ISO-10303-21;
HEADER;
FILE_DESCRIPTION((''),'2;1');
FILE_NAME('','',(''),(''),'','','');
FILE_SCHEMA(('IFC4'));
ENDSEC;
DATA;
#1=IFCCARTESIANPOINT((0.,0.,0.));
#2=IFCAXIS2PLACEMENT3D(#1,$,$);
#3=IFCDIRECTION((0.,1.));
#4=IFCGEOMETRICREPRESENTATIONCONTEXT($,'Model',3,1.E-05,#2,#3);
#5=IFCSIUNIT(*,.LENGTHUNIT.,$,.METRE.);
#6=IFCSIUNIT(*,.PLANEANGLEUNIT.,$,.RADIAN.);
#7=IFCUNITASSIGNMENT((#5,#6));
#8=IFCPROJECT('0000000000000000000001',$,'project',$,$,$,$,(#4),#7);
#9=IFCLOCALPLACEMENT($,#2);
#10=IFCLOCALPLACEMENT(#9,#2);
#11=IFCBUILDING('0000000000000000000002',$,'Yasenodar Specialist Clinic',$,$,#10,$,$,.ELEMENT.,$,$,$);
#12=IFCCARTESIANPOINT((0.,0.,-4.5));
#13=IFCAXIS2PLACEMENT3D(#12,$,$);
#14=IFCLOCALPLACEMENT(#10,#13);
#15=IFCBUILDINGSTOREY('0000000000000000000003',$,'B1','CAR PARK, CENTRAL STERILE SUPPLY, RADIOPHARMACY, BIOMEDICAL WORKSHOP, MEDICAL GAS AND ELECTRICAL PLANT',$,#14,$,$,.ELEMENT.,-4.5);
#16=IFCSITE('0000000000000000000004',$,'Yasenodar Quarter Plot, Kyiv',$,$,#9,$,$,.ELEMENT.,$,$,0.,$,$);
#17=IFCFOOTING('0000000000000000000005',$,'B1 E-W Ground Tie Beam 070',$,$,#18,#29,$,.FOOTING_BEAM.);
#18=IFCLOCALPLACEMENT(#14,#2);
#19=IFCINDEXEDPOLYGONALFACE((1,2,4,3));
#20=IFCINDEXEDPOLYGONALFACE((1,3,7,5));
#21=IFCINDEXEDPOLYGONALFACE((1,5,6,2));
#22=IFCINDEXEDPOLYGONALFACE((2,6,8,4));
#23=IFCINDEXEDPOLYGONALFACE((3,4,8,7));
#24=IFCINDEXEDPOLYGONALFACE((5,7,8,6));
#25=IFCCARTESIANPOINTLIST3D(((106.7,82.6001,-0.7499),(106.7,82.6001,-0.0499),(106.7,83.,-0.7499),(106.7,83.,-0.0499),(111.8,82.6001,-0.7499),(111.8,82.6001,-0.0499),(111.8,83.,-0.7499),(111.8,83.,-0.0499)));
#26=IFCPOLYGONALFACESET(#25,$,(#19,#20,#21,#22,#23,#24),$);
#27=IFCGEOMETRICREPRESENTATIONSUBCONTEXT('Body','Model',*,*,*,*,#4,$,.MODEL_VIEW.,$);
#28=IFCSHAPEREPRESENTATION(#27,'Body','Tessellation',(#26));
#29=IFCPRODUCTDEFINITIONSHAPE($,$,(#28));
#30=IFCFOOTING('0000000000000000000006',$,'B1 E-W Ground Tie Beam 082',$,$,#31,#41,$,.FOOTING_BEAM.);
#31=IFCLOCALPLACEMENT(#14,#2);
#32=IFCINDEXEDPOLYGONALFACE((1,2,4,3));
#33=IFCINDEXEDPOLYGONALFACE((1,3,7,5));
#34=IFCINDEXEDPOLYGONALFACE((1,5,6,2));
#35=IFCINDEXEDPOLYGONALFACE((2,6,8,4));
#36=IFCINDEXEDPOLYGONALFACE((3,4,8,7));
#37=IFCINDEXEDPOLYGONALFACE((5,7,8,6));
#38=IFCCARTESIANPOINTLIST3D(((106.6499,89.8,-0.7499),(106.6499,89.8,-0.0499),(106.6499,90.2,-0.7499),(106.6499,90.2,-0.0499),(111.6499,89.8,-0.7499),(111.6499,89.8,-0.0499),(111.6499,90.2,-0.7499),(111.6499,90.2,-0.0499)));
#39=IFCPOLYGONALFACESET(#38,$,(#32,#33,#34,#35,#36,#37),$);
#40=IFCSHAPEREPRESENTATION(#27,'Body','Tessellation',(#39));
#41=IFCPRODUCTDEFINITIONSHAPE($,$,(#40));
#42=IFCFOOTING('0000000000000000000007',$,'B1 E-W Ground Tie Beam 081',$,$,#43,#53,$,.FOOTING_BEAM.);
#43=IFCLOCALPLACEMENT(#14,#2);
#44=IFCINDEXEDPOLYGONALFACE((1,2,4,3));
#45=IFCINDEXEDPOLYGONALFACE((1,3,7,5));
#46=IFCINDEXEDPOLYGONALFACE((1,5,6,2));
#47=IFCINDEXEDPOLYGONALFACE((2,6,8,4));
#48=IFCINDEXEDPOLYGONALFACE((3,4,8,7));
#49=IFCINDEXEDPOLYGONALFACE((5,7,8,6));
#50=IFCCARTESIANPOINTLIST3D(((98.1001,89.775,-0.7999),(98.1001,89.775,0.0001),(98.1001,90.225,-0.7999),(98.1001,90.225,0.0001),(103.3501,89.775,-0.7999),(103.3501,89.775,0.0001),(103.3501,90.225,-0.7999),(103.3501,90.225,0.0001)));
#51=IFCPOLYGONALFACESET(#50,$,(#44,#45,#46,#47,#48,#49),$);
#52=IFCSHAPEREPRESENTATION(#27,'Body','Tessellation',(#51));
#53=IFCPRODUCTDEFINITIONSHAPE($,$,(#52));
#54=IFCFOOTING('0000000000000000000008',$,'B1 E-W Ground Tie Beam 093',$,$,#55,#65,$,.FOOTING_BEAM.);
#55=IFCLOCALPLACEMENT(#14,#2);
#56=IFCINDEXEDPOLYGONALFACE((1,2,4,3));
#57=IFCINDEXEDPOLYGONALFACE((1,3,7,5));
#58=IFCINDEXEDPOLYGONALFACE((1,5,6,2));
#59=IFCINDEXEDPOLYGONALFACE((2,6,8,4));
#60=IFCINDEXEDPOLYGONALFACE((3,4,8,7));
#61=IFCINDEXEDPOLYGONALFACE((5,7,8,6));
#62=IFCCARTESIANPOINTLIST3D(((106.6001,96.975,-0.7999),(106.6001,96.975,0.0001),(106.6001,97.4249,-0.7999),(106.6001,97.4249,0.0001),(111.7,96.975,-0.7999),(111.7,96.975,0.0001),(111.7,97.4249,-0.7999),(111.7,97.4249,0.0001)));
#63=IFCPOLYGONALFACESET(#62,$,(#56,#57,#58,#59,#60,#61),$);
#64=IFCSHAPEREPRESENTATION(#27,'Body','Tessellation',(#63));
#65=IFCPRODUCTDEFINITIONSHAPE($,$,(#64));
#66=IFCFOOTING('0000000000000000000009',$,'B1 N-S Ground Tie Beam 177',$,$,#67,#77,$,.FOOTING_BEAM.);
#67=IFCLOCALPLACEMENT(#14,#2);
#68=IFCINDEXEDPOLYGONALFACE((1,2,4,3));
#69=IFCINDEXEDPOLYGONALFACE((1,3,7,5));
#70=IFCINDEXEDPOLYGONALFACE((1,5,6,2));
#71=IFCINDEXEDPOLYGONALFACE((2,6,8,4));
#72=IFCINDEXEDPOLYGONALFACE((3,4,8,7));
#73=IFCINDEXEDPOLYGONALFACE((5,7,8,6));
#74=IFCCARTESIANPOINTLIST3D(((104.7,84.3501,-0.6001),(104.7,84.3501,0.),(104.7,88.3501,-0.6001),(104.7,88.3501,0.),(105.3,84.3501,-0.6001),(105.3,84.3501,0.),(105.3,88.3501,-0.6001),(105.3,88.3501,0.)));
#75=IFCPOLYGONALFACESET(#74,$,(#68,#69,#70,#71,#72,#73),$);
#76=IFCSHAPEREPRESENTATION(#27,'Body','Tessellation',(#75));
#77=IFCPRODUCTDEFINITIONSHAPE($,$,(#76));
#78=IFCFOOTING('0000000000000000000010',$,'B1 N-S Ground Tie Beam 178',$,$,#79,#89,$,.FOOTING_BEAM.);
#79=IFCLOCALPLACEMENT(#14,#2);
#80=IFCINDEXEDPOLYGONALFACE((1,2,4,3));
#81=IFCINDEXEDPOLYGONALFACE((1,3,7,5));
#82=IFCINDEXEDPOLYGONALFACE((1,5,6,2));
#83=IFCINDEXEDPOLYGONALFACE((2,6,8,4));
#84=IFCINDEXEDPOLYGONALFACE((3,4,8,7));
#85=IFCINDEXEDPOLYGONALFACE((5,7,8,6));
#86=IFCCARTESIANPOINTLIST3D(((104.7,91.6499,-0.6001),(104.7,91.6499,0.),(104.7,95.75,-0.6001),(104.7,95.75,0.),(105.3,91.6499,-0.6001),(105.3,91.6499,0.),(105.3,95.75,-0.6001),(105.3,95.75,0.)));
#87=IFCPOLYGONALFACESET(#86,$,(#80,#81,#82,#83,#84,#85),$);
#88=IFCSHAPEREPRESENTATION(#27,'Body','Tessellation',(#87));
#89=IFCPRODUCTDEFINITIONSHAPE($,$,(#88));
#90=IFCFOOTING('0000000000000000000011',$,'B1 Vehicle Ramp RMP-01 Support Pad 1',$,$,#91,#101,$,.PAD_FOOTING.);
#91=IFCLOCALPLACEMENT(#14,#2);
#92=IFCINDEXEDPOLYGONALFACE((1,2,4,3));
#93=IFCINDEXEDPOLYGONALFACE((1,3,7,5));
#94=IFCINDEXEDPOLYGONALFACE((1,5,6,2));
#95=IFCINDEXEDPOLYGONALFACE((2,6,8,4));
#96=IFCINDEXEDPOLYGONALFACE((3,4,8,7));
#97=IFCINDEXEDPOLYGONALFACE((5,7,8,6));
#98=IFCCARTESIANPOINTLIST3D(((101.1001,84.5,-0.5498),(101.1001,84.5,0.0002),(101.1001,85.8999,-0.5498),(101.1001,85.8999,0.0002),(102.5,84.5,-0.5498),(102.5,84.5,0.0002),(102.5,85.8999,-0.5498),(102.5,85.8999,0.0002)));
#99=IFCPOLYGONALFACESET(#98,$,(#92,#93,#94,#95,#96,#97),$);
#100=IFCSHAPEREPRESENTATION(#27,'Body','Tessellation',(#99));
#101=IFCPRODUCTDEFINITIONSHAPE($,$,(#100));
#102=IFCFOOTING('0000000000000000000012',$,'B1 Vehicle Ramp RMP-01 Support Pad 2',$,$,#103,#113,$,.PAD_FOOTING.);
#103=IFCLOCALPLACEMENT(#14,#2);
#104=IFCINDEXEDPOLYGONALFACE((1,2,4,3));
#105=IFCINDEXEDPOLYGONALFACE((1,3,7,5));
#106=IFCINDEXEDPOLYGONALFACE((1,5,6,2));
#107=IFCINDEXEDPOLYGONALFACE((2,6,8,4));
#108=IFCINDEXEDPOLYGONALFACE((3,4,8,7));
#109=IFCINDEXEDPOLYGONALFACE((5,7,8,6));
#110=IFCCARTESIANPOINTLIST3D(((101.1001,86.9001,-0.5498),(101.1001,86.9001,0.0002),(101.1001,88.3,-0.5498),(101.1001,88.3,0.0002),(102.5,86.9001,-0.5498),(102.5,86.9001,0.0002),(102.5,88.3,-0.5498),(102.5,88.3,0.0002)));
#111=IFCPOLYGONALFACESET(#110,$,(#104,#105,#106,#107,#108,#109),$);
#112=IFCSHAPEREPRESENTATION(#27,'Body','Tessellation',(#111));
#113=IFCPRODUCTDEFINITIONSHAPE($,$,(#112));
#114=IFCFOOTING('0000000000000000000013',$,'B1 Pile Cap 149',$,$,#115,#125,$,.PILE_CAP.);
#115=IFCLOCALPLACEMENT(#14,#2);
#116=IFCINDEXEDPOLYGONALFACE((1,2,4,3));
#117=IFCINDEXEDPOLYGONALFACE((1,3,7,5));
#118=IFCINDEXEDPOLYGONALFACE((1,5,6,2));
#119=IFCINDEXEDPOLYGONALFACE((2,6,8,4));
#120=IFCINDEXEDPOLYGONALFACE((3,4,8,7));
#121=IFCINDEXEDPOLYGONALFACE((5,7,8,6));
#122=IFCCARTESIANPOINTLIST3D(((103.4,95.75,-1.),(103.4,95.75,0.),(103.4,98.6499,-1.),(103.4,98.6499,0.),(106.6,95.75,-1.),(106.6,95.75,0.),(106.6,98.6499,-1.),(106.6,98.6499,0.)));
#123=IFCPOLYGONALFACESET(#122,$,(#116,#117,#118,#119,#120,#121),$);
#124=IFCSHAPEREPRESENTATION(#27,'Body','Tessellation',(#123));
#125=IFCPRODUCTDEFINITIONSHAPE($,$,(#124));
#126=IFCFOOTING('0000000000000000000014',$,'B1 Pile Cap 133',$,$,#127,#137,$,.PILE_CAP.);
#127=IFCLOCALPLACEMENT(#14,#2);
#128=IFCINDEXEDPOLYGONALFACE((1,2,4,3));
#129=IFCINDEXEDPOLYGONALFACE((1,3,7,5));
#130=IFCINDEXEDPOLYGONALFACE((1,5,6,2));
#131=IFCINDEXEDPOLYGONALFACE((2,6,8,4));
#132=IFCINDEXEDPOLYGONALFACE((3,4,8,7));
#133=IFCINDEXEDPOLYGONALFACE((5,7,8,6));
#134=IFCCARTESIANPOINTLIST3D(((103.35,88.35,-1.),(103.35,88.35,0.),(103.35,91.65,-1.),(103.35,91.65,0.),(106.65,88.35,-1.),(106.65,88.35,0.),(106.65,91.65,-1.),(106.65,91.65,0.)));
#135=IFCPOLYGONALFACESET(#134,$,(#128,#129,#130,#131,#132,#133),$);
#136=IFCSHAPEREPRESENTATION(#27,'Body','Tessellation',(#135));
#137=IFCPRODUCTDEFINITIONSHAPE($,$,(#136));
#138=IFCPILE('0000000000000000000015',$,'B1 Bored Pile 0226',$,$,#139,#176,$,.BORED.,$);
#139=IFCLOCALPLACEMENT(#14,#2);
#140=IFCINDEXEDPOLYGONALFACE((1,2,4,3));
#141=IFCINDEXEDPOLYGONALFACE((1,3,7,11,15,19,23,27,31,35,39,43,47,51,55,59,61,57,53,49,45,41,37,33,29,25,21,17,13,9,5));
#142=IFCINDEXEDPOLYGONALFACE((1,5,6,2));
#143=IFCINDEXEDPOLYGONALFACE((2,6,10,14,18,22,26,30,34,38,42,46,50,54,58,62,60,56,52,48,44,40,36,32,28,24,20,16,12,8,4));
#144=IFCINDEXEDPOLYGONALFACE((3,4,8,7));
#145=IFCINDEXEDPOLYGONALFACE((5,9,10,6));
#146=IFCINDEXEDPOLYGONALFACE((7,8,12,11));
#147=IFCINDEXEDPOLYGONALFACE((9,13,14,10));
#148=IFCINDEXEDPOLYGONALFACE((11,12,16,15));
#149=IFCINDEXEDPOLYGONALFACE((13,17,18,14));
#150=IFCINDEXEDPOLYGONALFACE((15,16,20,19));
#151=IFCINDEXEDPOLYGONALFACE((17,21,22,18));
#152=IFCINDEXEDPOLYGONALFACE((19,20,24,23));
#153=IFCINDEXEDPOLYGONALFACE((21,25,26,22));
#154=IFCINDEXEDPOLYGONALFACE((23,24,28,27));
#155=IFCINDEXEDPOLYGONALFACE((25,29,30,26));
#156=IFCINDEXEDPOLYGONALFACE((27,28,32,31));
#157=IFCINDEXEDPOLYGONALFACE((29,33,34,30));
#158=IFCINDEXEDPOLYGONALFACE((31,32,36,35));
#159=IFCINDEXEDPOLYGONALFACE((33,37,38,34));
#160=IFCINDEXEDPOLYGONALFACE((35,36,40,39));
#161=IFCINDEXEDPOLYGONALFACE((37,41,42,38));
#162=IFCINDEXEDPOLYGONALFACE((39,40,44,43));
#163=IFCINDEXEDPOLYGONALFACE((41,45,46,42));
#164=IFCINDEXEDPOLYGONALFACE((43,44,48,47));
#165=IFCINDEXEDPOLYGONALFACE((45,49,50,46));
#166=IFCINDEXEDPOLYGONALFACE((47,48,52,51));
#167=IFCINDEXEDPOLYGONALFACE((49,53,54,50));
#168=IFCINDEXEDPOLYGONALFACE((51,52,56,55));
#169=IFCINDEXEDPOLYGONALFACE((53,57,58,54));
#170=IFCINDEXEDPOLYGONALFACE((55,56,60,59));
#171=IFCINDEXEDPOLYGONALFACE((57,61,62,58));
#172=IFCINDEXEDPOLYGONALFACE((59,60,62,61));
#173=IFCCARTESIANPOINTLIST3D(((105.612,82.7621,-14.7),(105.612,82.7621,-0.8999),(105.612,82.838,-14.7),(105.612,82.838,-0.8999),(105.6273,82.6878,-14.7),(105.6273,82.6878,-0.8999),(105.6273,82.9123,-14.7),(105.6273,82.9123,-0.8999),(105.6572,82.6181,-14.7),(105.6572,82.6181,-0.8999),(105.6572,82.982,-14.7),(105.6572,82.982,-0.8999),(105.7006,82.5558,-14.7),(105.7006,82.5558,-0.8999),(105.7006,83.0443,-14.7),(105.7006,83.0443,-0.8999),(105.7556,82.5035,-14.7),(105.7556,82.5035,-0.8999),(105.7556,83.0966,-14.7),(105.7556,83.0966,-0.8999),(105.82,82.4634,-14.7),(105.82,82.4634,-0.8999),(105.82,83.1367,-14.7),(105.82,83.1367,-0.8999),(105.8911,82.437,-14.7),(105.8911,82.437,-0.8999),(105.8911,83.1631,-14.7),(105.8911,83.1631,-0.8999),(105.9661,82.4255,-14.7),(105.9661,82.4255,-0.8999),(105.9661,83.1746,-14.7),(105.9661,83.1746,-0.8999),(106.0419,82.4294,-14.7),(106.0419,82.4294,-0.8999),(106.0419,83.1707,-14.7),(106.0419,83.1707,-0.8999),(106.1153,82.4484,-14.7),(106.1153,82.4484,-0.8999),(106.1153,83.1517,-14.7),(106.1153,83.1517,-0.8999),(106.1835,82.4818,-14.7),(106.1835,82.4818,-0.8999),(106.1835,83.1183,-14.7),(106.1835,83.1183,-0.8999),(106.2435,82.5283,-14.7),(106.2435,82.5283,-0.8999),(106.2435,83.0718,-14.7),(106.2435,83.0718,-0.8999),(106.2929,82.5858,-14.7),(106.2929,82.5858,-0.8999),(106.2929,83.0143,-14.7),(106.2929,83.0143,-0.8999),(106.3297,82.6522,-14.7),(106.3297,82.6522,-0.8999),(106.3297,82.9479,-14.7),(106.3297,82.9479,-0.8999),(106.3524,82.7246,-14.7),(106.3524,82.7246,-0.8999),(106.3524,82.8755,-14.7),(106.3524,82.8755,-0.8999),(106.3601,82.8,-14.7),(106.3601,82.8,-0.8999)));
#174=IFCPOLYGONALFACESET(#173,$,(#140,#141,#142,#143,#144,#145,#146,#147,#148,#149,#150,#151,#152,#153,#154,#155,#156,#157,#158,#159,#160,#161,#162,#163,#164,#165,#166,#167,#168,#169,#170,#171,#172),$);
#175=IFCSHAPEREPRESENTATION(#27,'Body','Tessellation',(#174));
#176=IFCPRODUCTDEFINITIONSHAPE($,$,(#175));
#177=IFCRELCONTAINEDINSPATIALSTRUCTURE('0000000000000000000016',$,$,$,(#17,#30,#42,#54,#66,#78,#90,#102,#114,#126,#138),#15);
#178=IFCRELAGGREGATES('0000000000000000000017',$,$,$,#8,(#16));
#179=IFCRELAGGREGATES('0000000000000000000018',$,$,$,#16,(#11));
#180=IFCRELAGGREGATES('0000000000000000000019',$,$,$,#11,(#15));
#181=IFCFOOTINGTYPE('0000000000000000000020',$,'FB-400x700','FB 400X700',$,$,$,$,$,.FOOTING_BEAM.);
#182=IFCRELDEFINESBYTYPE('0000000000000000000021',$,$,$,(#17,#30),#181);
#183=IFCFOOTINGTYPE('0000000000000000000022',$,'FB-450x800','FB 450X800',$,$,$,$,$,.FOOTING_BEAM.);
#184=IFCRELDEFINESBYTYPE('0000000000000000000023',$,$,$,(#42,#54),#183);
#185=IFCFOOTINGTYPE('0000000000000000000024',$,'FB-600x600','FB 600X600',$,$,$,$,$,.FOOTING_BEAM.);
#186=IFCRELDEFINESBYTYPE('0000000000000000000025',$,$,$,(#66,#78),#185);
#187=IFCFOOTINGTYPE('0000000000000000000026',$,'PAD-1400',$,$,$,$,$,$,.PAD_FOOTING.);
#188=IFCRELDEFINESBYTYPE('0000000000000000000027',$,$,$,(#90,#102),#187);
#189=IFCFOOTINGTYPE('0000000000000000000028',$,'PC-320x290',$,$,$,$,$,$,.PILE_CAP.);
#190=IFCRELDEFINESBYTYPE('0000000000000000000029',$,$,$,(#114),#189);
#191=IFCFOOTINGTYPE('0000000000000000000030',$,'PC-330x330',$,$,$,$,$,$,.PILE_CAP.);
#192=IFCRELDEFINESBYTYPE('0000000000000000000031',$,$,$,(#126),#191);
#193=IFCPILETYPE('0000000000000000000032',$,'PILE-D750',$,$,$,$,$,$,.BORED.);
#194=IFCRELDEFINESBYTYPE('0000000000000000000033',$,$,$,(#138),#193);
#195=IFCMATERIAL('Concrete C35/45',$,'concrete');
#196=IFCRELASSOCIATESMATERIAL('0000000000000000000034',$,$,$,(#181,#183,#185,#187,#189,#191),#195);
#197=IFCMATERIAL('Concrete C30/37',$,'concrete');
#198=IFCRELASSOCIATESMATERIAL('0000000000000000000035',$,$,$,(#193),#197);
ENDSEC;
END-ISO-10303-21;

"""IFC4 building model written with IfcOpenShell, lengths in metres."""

from ifc_helpers import new_model, si_unit, direction, frame, origin, origin_2d, place, context, subcontext, project, spatial, rectangle, circle, extrude, material, material_profile, profile_set, type_object, element, save


model = new_model("IFC4")

# Units and contexts
model_context = context("Model", 3, precision=1e-05, world=origin(), true_north=direction((0.0, 1.0)))
body_context = subcontext(model_context, "Body", "Model", "MODEL_VIEW")
ifc_project = project(units=[si_unit("LENGTHUNIT", "METRE"), si_unit("PLANEANGLEUNIT", "RADIAN")], contexts=[model_context])

# Site, building, storey
site_placement = place(None, origin())
site = spatial("IfcSite", under=ifc_project, at=site_placement, Name="Yasenodar Quarter Plot, Kyiv", CompositionType="ELEMENT", RefElevation=0.0)
building_placement = place(site_placement, origin())
building = spatial("IfcBuilding", under=site, at=building_placement, Name="Yasenodar Specialist Clinic", CompositionType="ELEMENT")
storey_placement = place(building_placement, frame((0.0, 0.0, -4.5)))
storey = spatial("IfcBuildingStorey", under=building, at=storey_placement, Name="B1", Description="CAR PARK, CENTRAL STERILE SUPPLY, RADIOPHARMACY, BIOMEDICAL WORKSHOP, MEDICAL GAS AND ELECTRICAL PLANT", CompositionType="ELEMENT", Elevation=-4.5)

# Footings
ifc_material_1 = material(Name="Concrete C35/45", Category="concrete")
ifc_material_profile_1 = material_profile(ifc_material_1, rectangle(XDim=0.3999, YDim=0.7, at=origin_2d()), Name="RC 400x700")
ifc_profile_set_1 = profile_set([ifc_material_profile_1], Name="Concrete C35/45")
footing_type_1 = type_object("IfcFootingType", Name="FB-400x700", Description="FB 400X700", PredefinedType="FOOTING_BEAM", material=ifc_profile_set_1)
footing_1_placement = place(storey_placement, frame((106.7, 82.8, -0.3999), z_axis=(1.0, 0.0, 0.0), x_axis=(0.0, 1.0, 0.0)))
element("IfcFooting", 1, at=footing_1_placement, inside=storey, type_object=footing_type_1, Name="B1 E-W Ground Tie Beam 070", PredefinedType="FOOTING_BEAM", context=body_context, shape_type="SweptSolid", body=[
    extrude(rectangle(XDim=0.3999, YDim=0.7, at=origin_2d()), origin(), (0.0, 0.0, 1.0), 5.1001),
])
footing_2_placement = place(storey_placement, frame((106.6499, 90.0, -0.3999), z_axis=(1.0, 0.0, 0.0), x_axis=(0.0, 1.0, 0.0)))
element("IfcFooting", 2, at=footing_2_placement, inside=storey, type_object=footing_type_1, Name="B1 E-W Ground Tie Beam 082", PredefinedType="FOOTING_BEAM", context=body_context, shape_type="SweptSolid", body=[
    extrude(rectangle(XDim=0.3999, YDim=0.7, at=origin_2d()), origin(), (0.0, 0.0, 1.0), 5.0),
])
ifc_material_profile_2 = material_profile(ifc_material_1, rectangle(XDim=0.45, YDim=0.8, at=origin_2d()), Name="RC 450x800")
ifc_profile_set_2 = profile_set([ifc_material_profile_2], Name="Concrete C35/45")
footing_type_2 = type_object("IfcFootingType", Name="FB-450x800", Description="FB 450X800", PredefinedType="FOOTING_BEAM", material=ifc_profile_set_2)
footing_3_placement = place(storey_placement, frame((98.1001, 90.0, -0.3999), z_axis=(1.0, 0.0, 0.0), x_axis=(0.0, 1.0, 0.0)))
element("IfcFooting", 3, at=footing_3_placement, inside=storey, type_object=footing_type_2, Name="B1 E-W Ground Tie Beam 081", PredefinedType="FOOTING_BEAM", context=body_context, shape_type="SweptSolid", body=[
    extrude(rectangle(XDim=0.45, YDim=0.8, at=origin_2d()), origin(), (0.0, 0.0, 1.0), 5.25),
])
footing_4_placement = place(storey_placement, frame((106.6001, 97.2, -0.3999), z_axis=(1.0, 0.0, 0.0), x_axis=(0.0, 1.0, 0.0)))
element("IfcFooting", 4, at=footing_4_placement, inside=storey, type_object=footing_type_2, Name="B1 E-W Ground Tie Beam 093", PredefinedType="FOOTING_BEAM", context=body_context, shape_type="SweptSolid", body=[
    extrude(rectangle(XDim=0.45, YDim=0.8, at=origin_2d()), origin(), (0.0, 0.0, 1.0), 5.0999),
])
ifc_material_profile_3 = material_profile(ifc_material_1, rectangle(XDim=0.6001, YDim=0.6001, at=origin_2d()), Name="RC 600x600")
ifc_profile_set_3 = profile_set([ifc_material_profile_3], Name="Concrete C35/45")
footing_type_3 = type_object("IfcFootingType", Name="FB-600x600", Description="FB 600X600", PredefinedType="FOOTING_BEAM", material=ifc_profile_set_3)
footing_5_placement = place(storey_placement, frame((105.0, 84.3501, -0.3), z_axis=(0.0, 1.0, 0.0), x_axis=(-1.0, 0.0, 0.0)))
element("IfcFooting", 5, at=footing_5_placement, inside=storey, type_object=footing_type_3, Name="B1 N-S Ground Tie Beam 177", PredefinedType="FOOTING_BEAM", context=body_context, shape_type="SweptSolid", body=[
    extrude(rectangle(XDim=0.6001, YDim=0.6001, at=origin_2d()), origin(), (0.0, 0.0, 1.0), 4.0),
])
footing_6_placement = place(storey_placement, frame((105.0, 91.6499, -0.3), z_axis=(0.0, 1.0, 0.0), x_axis=(-1.0, 0.0, 0.0)))
element("IfcFooting", 6, at=footing_6_placement, inside=storey, type_object=footing_type_3, Name="B1 N-S Ground Tie Beam 178", PredefinedType="FOOTING_BEAM", context=body_context, shape_type="SweptSolid", body=[
    extrude(rectangle(XDim=0.6001, YDim=0.6001, at=origin_2d()), origin(), (0.0, 0.0, 1.0), 4.1001),
])
footing_type_4 = type_object("IfcFootingType", Name="PAD-1400", PredefinedType="PAD_FOOTING", material=ifc_material_1)
for number, where, z_axis, x_axis, name in (
    (7, (101.8, 85.2, -0.5498), (0.0, 0.0, 1.0), (1.0, 0.0, 0.0), "B1 Vehicle Ramp RMP-01 Support Pad 1"),
    (8, (101.8, 87.6001, -0.5498), (0.0, 0.0, 1.0), (1.0, 0.0, 0.0), "B1 Vehicle Ramp RMP-01 Support Pad 2"),
):
    element("IfcFooting", number, at=place(storey_placement, frame(where, z_axis=z_axis, x_axis=x_axis)), inside=storey, type_object=footing_type_4, Name=name, PredefinedType="PAD_FOOTING", context=body_context, shape_type="SweptSolid", body=[
        extrude(rectangle(XDim=1.3999, YDim=1.3999, at=origin_2d()), origin(), (0.0, 0.0, 1.0), 0.55),
    ])
footing_type_5 = type_object("IfcFootingType", Name="PC-320x290", PredefinedType="PILE_CAP", material=ifc_material_1)
footing_7_placement = place(storey_placement, frame((105.0, 97.2, -1.0), z_axis=(0.0, 0.0, 1.0), x_axis=(1.0, 0.0, 0.0)))
element("IfcFooting", 9, at=footing_7_placement, inside=storey, type_object=footing_type_5, Name="B1 Pile Cap 149", PredefinedType="PILE_CAP", context=body_context, shape_type="SweptSolid", body=[
    extrude(rectangle(XDim=3.2, YDim=2.8999, at=origin_2d()), origin(), (0.0, 0.0, 1.0), 1.0),
])
footing_type_6 = type_object("IfcFootingType", Name="PC-330x330", PredefinedType="PILE_CAP", material=ifc_material_1)
footing_8_placement = place(storey_placement, frame((105.0, 90.0, -1.0), z_axis=(0.0, 0.0, 1.0), x_axis=(1.0, 0.0, 0.0)))
element("IfcFooting", 10, at=footing_8_placement, inside=storey, type_object=footing_type_6, Name="B1 Pile Cap 133", PredefinedType="PILE_CAP", context=body_context, shape_type="SweptSolid", body=[
    extrude(rectangle(XDim=3.3, YDim=3.3, at=origin_2d()), origin(), (0.0, 0.0, 1.0), 1.0),
])

# Pile
ifc_material_2 = material(Name="Concrete C30/37", Category="concrete")
ifc_material_profile_4 = material_profile(ifc_material_2, circle(Radius=0.375, at=origin_2d()), Name="PILE D750")
ifc_profile_set_4 = profile_set([ifc_material_profile_4], Name="Concrete C30/37")
pile_type_1 = type_object("IfcPileType", Name="PILE-D750", PredefinedType="BORED", material=ifc_profile_set_4)
for number, where, z_axis, x_axis, name in (
    (11, (105.9851, 82.8, -0.8999), (0.0, 0.0, -1.0), (1.0, 0.0, 0.0), "B1 Bored Pile 0226"),
):
    element("IfcPile", number, at=place(storey_placement, frame(where, z_axis=z_axis, x_axis=x_axis)), inside=storey, type_object=pile_type_1, Name=name, PredefinedType="BORED", context=body_context, shape_type="SweptSolid", body=[
        extrude(circle(Radius=0.375, at=origin_2d()), origin(), (0.0, 0.0, 1.0), 13.8),
    ])

save(model, "model.ifc")
